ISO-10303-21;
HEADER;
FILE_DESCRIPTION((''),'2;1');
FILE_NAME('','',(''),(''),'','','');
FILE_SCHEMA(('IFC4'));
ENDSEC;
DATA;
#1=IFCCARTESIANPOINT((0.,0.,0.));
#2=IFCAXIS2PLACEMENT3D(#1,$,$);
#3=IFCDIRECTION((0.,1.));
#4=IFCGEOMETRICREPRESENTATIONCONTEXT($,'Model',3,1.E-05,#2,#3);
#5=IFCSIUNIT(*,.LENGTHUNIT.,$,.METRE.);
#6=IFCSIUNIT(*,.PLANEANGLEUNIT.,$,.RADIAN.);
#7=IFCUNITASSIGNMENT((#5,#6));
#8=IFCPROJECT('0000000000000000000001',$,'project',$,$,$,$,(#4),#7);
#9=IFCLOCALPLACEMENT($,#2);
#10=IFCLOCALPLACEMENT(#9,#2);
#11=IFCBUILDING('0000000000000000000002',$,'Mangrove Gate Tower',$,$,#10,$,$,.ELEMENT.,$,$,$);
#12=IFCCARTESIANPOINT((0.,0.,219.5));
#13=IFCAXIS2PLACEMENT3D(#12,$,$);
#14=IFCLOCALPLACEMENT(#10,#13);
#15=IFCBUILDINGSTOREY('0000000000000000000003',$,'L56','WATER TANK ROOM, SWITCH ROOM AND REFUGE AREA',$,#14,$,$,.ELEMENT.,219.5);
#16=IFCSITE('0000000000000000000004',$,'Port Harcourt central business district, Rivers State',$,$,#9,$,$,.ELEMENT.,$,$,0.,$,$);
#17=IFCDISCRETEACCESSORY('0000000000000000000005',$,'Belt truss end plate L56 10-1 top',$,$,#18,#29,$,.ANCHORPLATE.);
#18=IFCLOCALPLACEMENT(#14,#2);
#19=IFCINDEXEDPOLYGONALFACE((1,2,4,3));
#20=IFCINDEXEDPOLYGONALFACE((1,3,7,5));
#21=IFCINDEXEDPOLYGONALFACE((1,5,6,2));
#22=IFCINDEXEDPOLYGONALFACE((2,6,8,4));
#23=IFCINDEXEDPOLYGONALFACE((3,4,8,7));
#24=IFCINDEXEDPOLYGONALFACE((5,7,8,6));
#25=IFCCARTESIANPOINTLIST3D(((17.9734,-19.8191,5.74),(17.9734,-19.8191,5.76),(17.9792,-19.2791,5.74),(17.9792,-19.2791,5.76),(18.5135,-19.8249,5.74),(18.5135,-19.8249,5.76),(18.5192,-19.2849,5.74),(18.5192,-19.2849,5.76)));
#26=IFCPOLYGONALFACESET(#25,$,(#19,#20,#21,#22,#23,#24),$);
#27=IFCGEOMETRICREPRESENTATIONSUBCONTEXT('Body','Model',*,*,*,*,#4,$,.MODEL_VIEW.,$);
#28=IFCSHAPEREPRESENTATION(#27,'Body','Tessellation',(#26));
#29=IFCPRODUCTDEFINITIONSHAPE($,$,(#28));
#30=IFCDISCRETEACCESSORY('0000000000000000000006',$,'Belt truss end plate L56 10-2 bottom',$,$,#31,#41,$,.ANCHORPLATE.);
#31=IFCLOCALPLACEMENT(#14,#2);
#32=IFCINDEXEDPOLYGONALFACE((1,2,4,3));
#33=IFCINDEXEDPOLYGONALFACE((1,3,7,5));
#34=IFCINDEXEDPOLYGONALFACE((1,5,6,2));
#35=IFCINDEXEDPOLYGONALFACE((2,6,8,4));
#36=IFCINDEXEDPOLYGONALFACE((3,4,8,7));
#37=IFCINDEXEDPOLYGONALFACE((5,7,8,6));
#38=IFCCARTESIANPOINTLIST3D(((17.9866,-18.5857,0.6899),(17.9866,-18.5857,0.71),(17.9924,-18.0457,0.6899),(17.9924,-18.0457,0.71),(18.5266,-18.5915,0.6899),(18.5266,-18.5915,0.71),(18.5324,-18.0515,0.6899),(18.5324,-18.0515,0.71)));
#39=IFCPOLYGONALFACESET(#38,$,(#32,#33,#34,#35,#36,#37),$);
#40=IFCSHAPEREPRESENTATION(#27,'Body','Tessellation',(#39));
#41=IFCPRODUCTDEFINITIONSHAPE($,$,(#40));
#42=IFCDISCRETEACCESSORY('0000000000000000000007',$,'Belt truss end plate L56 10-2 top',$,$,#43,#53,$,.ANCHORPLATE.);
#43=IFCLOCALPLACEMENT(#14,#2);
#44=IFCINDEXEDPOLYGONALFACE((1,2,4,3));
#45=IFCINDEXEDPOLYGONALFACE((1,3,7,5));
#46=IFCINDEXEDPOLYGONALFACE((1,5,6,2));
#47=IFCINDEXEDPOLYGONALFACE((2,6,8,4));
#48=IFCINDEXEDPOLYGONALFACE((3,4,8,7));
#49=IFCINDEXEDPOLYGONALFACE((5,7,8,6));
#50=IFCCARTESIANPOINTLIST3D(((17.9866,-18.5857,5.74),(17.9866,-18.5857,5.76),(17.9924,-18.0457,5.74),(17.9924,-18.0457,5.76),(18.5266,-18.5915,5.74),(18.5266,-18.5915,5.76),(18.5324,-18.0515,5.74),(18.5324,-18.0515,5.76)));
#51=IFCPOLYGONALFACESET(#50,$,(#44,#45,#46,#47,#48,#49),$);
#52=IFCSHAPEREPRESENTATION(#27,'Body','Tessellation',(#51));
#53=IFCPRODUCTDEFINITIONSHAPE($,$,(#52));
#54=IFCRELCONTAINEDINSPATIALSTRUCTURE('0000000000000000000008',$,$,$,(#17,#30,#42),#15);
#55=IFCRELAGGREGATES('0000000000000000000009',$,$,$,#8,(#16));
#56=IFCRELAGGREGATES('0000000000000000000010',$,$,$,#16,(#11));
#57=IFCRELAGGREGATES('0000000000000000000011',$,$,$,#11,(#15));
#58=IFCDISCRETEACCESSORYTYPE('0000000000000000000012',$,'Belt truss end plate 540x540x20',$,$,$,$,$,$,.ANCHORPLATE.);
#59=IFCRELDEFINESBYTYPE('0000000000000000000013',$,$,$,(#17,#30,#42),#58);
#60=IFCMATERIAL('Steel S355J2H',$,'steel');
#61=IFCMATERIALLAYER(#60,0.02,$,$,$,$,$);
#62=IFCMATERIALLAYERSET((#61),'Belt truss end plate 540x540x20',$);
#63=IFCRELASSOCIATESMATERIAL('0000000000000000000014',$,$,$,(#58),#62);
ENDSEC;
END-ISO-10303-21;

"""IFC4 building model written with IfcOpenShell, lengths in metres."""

from ifc_helpers import new_model, si_unit, direction, frame, origin, origin_2d, place, context, subcontext, project, spatial, rectangle, extrude, material, layer, layer_set, type_object, element, save


model = new_model("IFC4")

# Units and contexts
model_context = context("Model", 3, precision=1e-05, world=origin(), true_north=direction((0.0, 1.0)))
body_context = subcontext(model_context, "Body", "Model", "MODEL_VIEW")
ifc_project = project(units=[si_unit("LENGTHUNIT", "METRE"), si_unit("PLANEANGLEUNIT", "RADIAN")], contexts=[model_context])

# Site, building, storey
site_placement = place(None, origin())
site = spatial("IfcSite", under=ifc_project, at=site_placement, Name="Port Harcourt central business district, Rivers State", CompositionType="ELEMENT", RefElevation=0.0)
building_placement = place(site_placement, origin())
building = spatial("IfcBuilding", under=site, at=building_placement, Name="Mangrove Gate Tower", CompositionType="ELEMENT")
storey_placement = place(building_placement, frame((0.0, 0.0, 219.5)))
storey = spatial("IfcBuildingStorey", under=building, at=storey_placement, Name="L56", Description="WATER TANK ROOM, SWITCH ROOM AND REFUGE AREA", CompositionType="ELEMENT", Elevation=219.5)

# Discrete accessories
ifc_material_1 = material(Name="Steel S355J2H", Category="steel")
ifc_layer_1 = layer(ifc_material_1, 0.02)
ifc_layer_set_1 = layer_set([ifc_layer_1], Name="Belt truss end plate 540x540x20")
discrete_accessory_type = type_object("IfcDiscreteAccessoryType", Name="Belt truss end plate 540x540x20", PredefinedType="ANCHORPLATE", material=ifc_layer_set_1)
for number, where, z_axis, x_axis, name in (
    (1, (18.2463, -19.552, 5.74), (0.0, 0.0, 1.0), (0.010709, 0.999943, 0.0), "Belt truss end plate L56 10-1 top"),
    (2, (18.2595, -18.3186, 0.6899), (0.0, 0.0, 1.0), (0.010709, 0.999943, 0.0), "Belt truss end plate L56 10-2 bottom"),
    (3, (18.2595, -18.3186, 5.74), (0.0, 0.0, 1.0), (0.010709, 0.999943, 0.0), "Belt truss end plate L56 10-2 top"),
):
    element("IfcDiscreteAccessory", number, at=place(storey_placement, frame(where, z_axis=z_axis, x_axis=x_axis)), inside=storey, type_object=discrete_accessory_type, Name=name, PredefinedType="ANCHORPLATE", context=body_context, shape_type="SweptSolid", body=[
        extrude(rectangle(XDim=0.54, YDim=0.54, at=origin_2d()), origin(), (0.0, 0.0, 1.0), 0.02),
    ])

save(model, "model.ifc")
